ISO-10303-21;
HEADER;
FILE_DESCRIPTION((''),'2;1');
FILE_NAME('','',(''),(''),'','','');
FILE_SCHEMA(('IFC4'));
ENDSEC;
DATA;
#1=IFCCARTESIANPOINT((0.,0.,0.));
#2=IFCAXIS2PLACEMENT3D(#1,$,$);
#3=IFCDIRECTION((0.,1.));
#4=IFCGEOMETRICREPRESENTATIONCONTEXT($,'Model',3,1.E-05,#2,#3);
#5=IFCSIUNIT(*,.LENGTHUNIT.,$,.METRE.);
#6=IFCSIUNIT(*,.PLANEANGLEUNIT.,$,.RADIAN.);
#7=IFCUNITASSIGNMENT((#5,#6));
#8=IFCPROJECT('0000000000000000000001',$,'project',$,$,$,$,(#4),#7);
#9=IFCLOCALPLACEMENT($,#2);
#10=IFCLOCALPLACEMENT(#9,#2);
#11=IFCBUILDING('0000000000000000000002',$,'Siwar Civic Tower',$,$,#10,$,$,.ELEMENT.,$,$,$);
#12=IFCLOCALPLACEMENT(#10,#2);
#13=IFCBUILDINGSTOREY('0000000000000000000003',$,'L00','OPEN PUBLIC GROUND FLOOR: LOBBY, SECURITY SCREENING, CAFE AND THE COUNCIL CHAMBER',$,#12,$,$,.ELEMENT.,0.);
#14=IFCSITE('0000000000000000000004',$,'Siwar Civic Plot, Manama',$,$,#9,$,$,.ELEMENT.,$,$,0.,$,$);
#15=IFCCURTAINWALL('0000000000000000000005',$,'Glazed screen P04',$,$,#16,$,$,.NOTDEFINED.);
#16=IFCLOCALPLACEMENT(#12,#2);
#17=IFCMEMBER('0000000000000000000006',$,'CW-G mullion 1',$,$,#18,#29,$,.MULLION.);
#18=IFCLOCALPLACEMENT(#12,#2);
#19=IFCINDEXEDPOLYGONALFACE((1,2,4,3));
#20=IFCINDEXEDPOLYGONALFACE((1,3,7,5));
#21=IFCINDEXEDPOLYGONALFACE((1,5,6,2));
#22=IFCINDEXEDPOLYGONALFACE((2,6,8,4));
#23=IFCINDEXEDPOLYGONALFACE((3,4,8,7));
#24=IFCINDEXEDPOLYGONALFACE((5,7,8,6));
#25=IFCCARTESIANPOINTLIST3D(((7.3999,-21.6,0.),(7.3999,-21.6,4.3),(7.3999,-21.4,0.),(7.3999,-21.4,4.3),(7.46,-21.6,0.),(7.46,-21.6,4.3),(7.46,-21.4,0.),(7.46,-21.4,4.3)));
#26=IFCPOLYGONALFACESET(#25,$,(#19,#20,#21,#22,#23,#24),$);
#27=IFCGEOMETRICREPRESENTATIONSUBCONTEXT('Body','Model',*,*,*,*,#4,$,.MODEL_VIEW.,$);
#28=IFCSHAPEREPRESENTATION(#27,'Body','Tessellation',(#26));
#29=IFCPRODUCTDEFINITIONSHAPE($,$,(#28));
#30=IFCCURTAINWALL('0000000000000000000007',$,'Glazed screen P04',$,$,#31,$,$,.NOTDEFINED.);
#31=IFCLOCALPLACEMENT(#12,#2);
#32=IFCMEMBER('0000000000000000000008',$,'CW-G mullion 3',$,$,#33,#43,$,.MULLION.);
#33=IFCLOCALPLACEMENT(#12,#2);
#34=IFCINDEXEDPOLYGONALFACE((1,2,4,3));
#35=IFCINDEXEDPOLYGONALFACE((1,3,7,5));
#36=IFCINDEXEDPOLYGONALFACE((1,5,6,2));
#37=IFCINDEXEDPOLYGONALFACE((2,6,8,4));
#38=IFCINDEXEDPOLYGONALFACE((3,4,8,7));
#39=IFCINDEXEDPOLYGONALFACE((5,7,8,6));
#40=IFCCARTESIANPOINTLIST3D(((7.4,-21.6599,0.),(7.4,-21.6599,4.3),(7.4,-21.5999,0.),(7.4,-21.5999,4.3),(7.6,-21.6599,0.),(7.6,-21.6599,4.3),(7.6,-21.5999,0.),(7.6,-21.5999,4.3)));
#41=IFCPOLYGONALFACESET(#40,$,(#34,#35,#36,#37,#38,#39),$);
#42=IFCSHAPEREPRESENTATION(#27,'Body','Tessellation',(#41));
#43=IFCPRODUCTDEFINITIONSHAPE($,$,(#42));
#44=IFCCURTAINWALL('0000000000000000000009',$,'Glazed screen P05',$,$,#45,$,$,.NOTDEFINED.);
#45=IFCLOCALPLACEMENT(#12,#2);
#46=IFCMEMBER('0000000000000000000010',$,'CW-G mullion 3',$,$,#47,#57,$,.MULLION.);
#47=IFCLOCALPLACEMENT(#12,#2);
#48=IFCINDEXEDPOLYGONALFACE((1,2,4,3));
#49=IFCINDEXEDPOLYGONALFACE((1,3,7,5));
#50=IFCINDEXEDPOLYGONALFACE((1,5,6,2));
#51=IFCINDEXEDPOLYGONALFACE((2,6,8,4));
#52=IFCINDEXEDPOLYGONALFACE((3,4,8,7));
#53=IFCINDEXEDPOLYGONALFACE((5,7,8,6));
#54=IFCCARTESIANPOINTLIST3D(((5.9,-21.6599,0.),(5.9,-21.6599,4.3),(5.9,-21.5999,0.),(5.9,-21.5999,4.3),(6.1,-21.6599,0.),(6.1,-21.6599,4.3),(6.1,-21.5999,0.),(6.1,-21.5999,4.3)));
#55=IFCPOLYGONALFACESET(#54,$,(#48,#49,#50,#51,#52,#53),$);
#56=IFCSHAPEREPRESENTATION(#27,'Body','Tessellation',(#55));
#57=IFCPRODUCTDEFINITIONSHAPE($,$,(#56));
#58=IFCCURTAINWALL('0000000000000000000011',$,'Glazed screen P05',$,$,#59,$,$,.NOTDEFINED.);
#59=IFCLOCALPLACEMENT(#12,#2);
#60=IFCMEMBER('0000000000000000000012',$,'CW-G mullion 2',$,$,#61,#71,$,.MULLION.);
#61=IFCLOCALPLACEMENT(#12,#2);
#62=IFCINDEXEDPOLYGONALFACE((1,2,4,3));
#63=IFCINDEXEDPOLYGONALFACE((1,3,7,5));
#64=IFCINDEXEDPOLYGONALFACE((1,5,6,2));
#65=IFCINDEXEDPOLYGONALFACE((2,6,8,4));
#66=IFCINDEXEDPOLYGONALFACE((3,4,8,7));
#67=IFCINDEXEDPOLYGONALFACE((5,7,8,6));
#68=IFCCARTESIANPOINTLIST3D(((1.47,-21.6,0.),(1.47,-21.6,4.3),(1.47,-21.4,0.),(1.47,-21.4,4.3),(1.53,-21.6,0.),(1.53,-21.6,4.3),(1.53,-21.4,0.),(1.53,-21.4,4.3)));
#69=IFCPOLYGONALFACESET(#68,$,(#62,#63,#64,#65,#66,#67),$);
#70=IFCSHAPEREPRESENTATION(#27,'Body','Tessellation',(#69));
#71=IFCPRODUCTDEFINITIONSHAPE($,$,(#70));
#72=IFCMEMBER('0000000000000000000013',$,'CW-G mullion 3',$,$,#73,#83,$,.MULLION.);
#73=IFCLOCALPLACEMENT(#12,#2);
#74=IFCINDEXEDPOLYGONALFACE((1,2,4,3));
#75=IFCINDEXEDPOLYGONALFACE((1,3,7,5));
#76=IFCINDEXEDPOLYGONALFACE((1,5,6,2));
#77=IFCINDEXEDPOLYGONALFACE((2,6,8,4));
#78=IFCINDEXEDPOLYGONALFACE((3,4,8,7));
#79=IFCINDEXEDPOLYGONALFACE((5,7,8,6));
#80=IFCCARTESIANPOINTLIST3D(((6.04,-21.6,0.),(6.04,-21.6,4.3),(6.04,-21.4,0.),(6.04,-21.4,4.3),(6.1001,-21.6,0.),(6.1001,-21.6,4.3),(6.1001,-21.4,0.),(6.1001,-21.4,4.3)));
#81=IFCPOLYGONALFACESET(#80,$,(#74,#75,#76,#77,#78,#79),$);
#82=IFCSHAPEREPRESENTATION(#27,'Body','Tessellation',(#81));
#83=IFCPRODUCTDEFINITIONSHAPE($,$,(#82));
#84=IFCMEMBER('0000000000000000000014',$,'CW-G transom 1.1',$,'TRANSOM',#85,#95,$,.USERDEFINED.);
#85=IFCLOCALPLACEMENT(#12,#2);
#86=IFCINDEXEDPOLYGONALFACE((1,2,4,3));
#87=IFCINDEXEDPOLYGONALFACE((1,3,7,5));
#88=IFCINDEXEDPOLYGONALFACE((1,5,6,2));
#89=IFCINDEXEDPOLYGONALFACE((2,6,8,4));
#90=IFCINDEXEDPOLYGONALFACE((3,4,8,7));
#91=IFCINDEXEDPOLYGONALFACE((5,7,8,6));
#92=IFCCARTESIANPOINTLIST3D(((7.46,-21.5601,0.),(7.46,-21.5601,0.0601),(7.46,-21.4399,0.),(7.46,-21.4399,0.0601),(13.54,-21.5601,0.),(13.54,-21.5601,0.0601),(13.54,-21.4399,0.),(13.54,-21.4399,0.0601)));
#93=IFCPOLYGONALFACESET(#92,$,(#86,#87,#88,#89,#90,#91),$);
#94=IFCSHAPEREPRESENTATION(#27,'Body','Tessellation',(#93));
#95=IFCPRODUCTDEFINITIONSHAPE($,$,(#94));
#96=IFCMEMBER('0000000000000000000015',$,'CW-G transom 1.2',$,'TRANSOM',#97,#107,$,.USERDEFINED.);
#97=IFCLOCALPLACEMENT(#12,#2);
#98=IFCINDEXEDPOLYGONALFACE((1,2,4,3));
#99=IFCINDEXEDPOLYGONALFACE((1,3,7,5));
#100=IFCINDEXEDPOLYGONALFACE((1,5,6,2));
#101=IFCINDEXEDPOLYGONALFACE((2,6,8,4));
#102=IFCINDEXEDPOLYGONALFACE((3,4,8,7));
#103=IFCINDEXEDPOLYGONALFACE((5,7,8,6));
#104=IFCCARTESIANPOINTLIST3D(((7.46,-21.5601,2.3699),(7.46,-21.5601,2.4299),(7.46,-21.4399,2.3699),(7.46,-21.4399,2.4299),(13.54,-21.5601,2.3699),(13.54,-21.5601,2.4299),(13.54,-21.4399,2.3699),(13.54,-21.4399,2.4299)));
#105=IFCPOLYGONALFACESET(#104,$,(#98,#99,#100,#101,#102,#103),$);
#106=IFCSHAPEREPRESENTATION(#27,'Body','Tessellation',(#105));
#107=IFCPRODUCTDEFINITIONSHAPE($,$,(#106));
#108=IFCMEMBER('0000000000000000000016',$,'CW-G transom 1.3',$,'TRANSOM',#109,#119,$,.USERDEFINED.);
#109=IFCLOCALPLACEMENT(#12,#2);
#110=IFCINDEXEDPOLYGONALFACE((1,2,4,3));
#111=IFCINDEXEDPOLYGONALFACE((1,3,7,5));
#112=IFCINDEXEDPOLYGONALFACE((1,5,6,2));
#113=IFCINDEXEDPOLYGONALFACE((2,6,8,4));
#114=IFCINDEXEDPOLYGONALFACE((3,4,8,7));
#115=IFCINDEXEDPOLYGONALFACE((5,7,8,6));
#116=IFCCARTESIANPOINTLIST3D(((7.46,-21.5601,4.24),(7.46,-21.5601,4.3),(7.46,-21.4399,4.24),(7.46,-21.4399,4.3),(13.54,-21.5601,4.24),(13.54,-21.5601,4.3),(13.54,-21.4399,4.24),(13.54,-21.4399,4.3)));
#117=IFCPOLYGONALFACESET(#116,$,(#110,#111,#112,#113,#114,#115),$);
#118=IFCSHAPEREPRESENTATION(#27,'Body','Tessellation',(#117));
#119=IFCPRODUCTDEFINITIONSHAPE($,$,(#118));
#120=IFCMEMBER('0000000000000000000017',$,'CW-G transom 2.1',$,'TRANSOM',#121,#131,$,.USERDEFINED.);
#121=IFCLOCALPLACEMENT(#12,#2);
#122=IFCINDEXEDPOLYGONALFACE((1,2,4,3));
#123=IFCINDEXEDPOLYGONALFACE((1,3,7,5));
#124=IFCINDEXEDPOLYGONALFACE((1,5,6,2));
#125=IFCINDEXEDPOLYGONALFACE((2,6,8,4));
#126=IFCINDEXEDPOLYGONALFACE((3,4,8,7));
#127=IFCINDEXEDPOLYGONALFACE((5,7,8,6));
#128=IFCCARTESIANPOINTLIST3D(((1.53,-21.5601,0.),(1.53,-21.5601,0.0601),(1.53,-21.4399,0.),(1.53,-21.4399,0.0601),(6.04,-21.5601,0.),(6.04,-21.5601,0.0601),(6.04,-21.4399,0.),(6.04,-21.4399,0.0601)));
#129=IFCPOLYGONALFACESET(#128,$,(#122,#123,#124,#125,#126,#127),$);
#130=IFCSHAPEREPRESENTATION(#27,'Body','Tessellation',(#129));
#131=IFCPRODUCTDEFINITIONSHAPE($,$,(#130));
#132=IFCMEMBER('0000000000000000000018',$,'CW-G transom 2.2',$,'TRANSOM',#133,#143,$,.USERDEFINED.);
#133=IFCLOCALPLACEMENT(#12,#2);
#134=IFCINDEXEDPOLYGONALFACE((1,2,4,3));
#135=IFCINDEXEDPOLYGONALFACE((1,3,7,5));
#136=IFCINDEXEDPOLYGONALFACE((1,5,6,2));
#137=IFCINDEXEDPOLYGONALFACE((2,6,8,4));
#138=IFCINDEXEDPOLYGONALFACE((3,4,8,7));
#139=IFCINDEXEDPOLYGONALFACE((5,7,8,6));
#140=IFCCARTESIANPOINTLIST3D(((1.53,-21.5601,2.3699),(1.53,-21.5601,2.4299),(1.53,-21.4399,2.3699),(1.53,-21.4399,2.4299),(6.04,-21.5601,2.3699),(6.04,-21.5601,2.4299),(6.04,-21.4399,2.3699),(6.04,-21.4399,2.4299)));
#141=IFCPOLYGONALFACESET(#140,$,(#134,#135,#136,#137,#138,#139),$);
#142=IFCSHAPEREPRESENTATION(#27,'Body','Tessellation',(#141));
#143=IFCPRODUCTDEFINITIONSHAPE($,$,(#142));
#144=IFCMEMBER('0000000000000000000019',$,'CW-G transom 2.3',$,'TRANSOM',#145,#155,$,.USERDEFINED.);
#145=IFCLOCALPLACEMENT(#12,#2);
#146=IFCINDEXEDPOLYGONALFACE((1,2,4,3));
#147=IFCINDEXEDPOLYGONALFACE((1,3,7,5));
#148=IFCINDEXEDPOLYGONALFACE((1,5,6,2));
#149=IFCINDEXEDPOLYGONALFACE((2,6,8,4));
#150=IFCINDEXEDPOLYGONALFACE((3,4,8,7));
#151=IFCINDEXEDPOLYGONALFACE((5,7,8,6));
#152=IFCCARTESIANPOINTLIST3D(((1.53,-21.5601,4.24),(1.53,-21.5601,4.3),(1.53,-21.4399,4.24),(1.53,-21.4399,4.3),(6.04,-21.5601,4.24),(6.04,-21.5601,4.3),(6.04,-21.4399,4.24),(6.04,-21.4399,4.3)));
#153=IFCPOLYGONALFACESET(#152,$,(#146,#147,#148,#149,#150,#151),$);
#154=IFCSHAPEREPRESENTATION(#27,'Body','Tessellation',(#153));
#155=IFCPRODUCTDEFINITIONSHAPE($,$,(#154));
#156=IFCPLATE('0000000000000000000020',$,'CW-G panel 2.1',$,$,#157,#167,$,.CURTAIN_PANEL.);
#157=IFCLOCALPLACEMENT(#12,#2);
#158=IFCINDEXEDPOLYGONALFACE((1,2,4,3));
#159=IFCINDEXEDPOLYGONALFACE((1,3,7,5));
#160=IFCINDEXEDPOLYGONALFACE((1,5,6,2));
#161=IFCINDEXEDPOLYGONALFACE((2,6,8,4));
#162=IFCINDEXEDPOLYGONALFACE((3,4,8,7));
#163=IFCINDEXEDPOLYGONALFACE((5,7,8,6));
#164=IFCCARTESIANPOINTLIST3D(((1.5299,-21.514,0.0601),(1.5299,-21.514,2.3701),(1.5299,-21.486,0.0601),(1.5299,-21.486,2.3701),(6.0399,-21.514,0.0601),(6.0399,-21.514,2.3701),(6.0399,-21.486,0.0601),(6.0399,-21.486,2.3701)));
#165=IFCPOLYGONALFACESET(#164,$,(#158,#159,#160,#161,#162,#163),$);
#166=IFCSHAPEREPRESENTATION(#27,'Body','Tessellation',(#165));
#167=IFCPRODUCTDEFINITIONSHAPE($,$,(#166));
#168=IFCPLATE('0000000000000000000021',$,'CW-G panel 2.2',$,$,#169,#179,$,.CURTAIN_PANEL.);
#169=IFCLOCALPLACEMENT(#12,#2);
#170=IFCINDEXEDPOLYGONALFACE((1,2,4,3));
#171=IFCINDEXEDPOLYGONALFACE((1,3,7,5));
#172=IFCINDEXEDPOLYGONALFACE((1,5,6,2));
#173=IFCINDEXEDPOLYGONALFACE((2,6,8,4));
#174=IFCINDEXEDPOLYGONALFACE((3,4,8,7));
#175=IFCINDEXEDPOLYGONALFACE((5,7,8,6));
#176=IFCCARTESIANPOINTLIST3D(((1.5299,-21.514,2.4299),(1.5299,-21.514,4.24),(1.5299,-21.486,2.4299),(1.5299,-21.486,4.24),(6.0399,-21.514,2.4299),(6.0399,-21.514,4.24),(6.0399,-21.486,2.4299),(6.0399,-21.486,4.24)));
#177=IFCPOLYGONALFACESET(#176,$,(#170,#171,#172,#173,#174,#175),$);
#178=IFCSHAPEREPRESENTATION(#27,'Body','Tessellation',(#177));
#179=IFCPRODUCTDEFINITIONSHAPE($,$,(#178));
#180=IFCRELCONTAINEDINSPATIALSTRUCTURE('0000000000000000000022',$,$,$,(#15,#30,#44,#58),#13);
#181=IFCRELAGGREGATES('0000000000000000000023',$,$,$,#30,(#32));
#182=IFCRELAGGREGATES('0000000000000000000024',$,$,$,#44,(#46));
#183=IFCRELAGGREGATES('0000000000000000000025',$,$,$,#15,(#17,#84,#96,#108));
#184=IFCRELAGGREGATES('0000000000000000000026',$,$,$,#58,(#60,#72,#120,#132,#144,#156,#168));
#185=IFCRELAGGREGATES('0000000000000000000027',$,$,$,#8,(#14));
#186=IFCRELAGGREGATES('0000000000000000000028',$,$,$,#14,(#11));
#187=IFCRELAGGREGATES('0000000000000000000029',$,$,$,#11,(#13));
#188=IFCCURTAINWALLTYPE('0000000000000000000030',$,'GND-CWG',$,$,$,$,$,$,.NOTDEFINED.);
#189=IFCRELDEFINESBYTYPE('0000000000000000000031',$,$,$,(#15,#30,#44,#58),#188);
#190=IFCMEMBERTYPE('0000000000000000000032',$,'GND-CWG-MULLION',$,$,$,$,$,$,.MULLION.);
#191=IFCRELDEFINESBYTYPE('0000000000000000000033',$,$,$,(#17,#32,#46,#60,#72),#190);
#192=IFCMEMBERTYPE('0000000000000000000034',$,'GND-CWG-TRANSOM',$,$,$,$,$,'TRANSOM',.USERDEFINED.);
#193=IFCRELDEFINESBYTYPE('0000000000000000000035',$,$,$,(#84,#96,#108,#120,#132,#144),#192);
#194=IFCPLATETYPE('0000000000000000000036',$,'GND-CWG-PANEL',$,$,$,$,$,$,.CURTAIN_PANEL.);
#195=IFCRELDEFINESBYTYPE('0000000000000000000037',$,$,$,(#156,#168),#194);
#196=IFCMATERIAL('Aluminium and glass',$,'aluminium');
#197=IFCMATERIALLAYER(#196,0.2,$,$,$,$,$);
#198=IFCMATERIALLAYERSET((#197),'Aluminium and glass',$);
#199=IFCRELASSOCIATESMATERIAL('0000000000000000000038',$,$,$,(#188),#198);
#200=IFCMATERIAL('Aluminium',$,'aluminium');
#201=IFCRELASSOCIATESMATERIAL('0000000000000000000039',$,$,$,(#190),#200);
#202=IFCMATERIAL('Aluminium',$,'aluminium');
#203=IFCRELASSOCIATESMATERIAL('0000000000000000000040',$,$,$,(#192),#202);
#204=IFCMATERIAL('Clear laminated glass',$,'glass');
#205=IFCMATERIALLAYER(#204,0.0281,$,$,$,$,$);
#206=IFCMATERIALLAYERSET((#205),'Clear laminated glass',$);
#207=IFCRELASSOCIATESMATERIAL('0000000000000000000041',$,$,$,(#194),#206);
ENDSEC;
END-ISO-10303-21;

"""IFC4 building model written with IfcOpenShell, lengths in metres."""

from ifc_helpers import new_model, si_unit, direction, frame, origin, origin_2d, place, context, subcontext, project, spatial, rectangle, extrude, material, layer, layer_set, material_profile, profile_set, type_object, element, aggregate, save


model = new_model("IFC4")

# Units and contexts
model_context = context("Model", 3, precision=1e-05, world=origin(), true_north=direction((0.0, 1.0)))
body_context = subcontext(model_context, "Body", "Model", "MODEL_VIEW")
ifc_project = project(units=[si_unit("LENGTHUNIT", "METRE"), si_unit("PLANEANGLEUNIT", "RADIAN")], contexts=[model_context])

# Site, building, storey
site_placement = place(None, origin())
site = spatial("IfcSite", under=ifc_project, at=site_placement, Name="Siwar Civic Plot, Manama", CompositionType="ELEMENT", RefElevation=0.0)
building_placement = place(site_placement, origin())
building = spatial("IfcBuilding", under=site, at=building_placement, Name="Siwar Civic Tower", CompositionType="ELEMENT")
storey_placement = place(building_placement, origin())
storey = spatial("IfcBuildingStorey", under=building, at=storey_placement, Name="L00", Description="OPEN PUBLIC GROUND FLOOR: LOBBY, SECURITY SCREENING, CAFE AND THE COUNCIL CHAMBER", CompositionType="ELEMENT", Elevation=0.0)

# Curtain walls, members
ifc_material_1 = material(Name="Aluminium and glass", Category="aluminium")
ifc_layer_1 = layer(ifc_material_1, 0.2)
ifc_layer_set_1 = layer_set([ifc_layer_1], Name="Aluminium and glass")
curtain_wall_type = type_object("IfcCurtainWallType", Name="GND-CWG", PredefinedType="NOTDEFINED", material=ifc_layer_set_1)
curtain_wall_1_placement = place(storey_placement, origin())
curtain_wall_1 = element("IfcCurtainWall", 1, at=curtain_wall_1_placement, inside=storey, type_object=curtain_wall_type, Name="Glazed screen P04", PredefinedType="NOTDEFINED")
ifc_material_2 = material(Name="Aluminium", Category="aluminium")
ifc_material_profile_1 = material_profile(ifc_material_2, rectangle(XDim=0.2, YDim=0.0601, at=origin_2d()), Name="AL 200x60")
ifc_profile_set_1 = profile_set([ifc_material_profile_1], Name="Aluminium")
member_type_1 = type_object("IfcMemberType", Name="GND-CWG-MULLION", PredefinedType="MULLION", material=ifc_profile_set_1)
member_1_placement = place(storey_placement, frame((7.4299, -21.5, 0.0), z_axis=(0.0, 0.0, 1.0), x_axis=(0.0, 1.0, 0.0)))
member_1 = element("IfcMember", 2, at=member_1_placement, type_object=member_type_1, Name="CW-G mullion 1", PredefinedType="MULLION", context=body_context, shape_type="SweptSolid", body=[
    extrude(rectangle(XDim=0.2, YDim=0.0601, at=origin_2d()), origin(), (0.0, 0.0, 1.0), 4.3),
])
curtain_wall_2_placement = place(storey_placement, origin())
curtain_wall_2 = element("IfcCurtainWall", 3, at=curtain_wall_2_placement, inside=storey, type_object=curtain_wall_type, Name="Glazed screen P04", PredefinedType="NOTDEFINED")
member_2_placement = place(storey_placement, frame((7.5, -21.6299, 0.0), z_axis=(0.0, 0.0, 1.0), x_axis=(-1.0, 0.0, 0.0)))
member_2 = element("IfcMember", 4, at=member_2_placement, type_object=member_type_1, Name="CW-G mullion 3", PredefinedType="MULLION", context=body_context, shape_type="SweptSolid", body=[
    extrude(rectangle(XDim=0.2, YDim=0.0601, at=origin_2d()), origin(), (0.0, 0.0, 1.0), 4.3),
])
aggregate(curtain_wall_2, [member_2])
curtain_wall_3_placement = place(storey_placement, origin())
curtain_wall_3 = element("IfcCurtainWall", 5, at=curtain_wall_3_placement, inside=storey, type_object=curtain_wall_type, Name="Glazed screen P05", PredefinedType="NOTDEFINED")
member_3_placement = place(storey_placement, frame((6.0, -21.6299, 0.0), z_axis=(0.0, 0.0, 1.0), x_axis=(-1.0, 0.0, 0.0)))
member_3 = element("IfcMember", 6, at=member_3_placement, type_object=member_type_1, Name="CW-G mullion 3", PredefinedType="MULLION", context=body_context, shape_type="SweptSolid", body=[
    extrude(rectangle(XDim=0.2, YDim=0.0601, at=origin_2d()), origin(), (0.0, 0.0, 1.0), 4.3),
])
aggregate(curtain_wall_3, [member_3])

# Curtain wall, members
curtain_wall_4_placement = place(storey_placement, origin())
curtain_wall_4 = element("IfcCurtainWall", 7, at=curtain_wall_4_placement, inside=storey, type_object=curtain_wall_type, Name="Glazed screen P05", PredefinedType="NOTDEFINED")
member_4_placement = place(storey_placement, frame((1.5, -21.5, 0.0), z_axis=(0.0, 0.0, 1.0), x_axis=(0.0, 1.0, 0.0)))
member_4 = element("IfcMember", 8, at=member_4_placement, type_object=member_type_1, Name="CW-G mullion 2", PredefinedType="MULLION", context=body_context, shape_type="SweptSolid", body=[
    extrude(rectangle(XDim=0.2, YDim=0.0601, at=origin_2d()), origin(), (0.0, 0.0, 1.0), 4.3),
])
member_5_placement = place(storey_placement, frame((6.0701, -21.5, 0.0), z_axis=(0.0, 0.0, 1.0), x_axis=(0.0, 1.0, 0.0)))
member_5 = element("IfcMember", 9, at=member_5_placement, type_object=member_type_1, Name="CW-G mullion 3", PredefinedType="MULLION", context=body_context, shape_type="SweptSolid", body=[
    extrude(rectangle(XDim=0.2, YDim=0.0601, at=origin_2d()), origin(), (0.0, 0.0, 1.0), 4.3),
])

# Members
ifc_material_3 = material(Name="Aluminium", Category="aluminium")
ifc_material_profile_2 = material_profile(ifc_material_3, rectangle(XDim=0.1201, YDim=0.0601, at=origin_2d()), Name="AL 120x60")
ifc_profile_set_2 = profile_set([ifc_material_profile_2], Name="Aluminium")
member_type_2 = type_object("IfcMemberType", Name="GND-CWG-TRANSOM", ElementType="TRANSOM", PredefinedType="USERDEFINED", material=ifc_profile_set_2)
member_6_placement = place(storey_placement, frame((7.46, -21.5, 0.03), z_axis=(1.0, 0.0, 0.0), x_axis=(0.0, 1.0, 0.0)))
member_6 = element("IfcMember", 10, at=member_6_placement, type_object=member_type_2, Name="CW-G transom 1.1", ObjectType="TRANSOM", PredefinedType="USERDEFINED", context=body_context, shape_type="SweptSolid", body=[
    extrude(rectangle(XDim=0.1201, YDim=0.0601, at=origin_2d()), origin(), (0.0, 0.0, 1.0), 6.0801),
])
member_7_placement = place(storey_placement, frame((7.46, -21.5, 2.3999), z_axis=(1.0, 0.0, 0.0), x_axis=(0.0, 1.0, 0.0)))
member_7 = element("IfcMember", 11, at=member_7_placement, type_object=member_type_2, Name="CW-G transom 1.2", ObjectType="TRANSOM", PredefinedType="USERDEFINED", context=body_context, shape_type="SweptSolid", body=[
    extrude(rectangle(XDim=0.1201, YDim=0.0601, at=origin_2d()), origin(), (0.0, 0.0, 1.0), 6.0801),
])
member_8_placement = place(storey_placement, frame((7.46, -21.5, 4.27), z_axis=(1.0, 0.0, 0.0), x_axis=(0.0, 1.0, 0.0)))
member_8 = element("IfcMember", 12, at=member_8_placement, type_object=member_type_2, Name="CW-G transom 1.3", ObjectType="TRANSOM", PredefinedType="USERDEFINED", context=body_context, shape_type="SweptSolid", body=[
    extrude(rectangle(XDim=0.1201, YDim=0.0601, at=origin_2d()), origin(), (0.0, 0.0, 1.0), 6.0801),
])
aggregate(curtain_wall_1, [member_1, member_6, member_7, member_8])
member_9_placement = place(storey_placement, frame((1.53, -21.5, 0.03), z_axis=(1.0, 0.0, 0.0), x_axis=(0.0, 1.0, 0.0)))
member_9 = element("IfcMember", 13, at=member_9_placement, type_object=member_type_2, Name="CW-G transom 2.1", ObjectType="TRANSOM", PredefinedType="USERDEFINED", context=body_context, shape_type="SweptSolid", body=[
    extrude(rectangle(XDim=0.1201, YDim=0.0601, at=origin_2d()), origin(), (0.0, 0.0, 1.0), 4.51),
])
member_10_placement = place(storey_placement, frame((1.53, -21.5, 2.3999), z_axis=(1.0, 0.0, 0.0), x_axis=(0.0, 1.0, 0.0)))
member_10 = element("IfcMember", 14, at=member_10_placement, type_object=member_type_2, Name="CW-G transom 2.2", ObjectType="TRANSOM", PredefinedType="USERDEFINED", context=body_context, shape_type="SweptSolid", body=[
    extrude(rectangle(XDim=0.1201, YDim=0.0601, at=origin_2d()), origin(), (0.0, 0.0, 1.0), 4.51),
])
member_11_placement = place(storey_placement, frame((1.53, -21.5, 4.27), z_axis=(1.0, 0.0, 0.0), x_axis=(0.0, 1.0, 0.0)))
member_11 = element("IfcMember", 15, at=member_11_placement, type_object=member_type_2, Name="CW-G transom 2.3", ObjectType="TRANSOM", PredefinedType="USERDEFINED", context=body_context, shape_type="SweptSolid", body=[
    extrude(rectangle(XDim=0.1201, YDim=0.0601, at=origin_2d()), origin(), (0.0, 0.0, 1.0), 4.51),
])

# Plates
ifc_material_4 = material(Name="Clear laminated glass", Category="glass")
ifc_layer_2 = layer(ifc_material_4, 0.0281)
ifc_layer_set_2 = layer_set([ifc_layer_2], Name="Clear laminated glass")
plate_type = type_object("IfcPlateType", Name="GND-CWG-PANEL", PredefinedType="CURTAIN_PANEL", material=ifc_layer_set_2)
plate_1_placement = place(storey_placement, frame((3.7849, -21.5, 0.0601), z_axis=(0.0, 0.0, 1.0), x_axis=(1.0, 0.0, 0.0)))
plate_1 = element("IfcPlate", 16, at=plate_1_placement, type_object=plate_type, Name="CW-G panel 2.1", PredefinedType="CURTAIN_PANEL", context=body_context, shape_type="SweptSolid", body=[
    extrude(rectangle(XDim=4.51, YDim=0.0281, at=origin_2d()), origin(), (0.0, 0.0, 1.0), 2.3101),
])
plate_2_placement = place(storey_placement, frame((3.7849, -21.5, 2.4299), z_axis=(0.0, 0.0, 1.0), x_axis=(1.0, 0.0, 0.0)))
plate_2 = element("IfcPlate", 17, at=plate_2_placement, type_object=plate_type, Name="CW-G panel 2.2", PredefinedType="CURTAIN_PANEL", context=body_context, shape_type="SweptSolid", body=[
    extrude(rectangle(XDim=4.51, YDim=0.0281, at=origin_2d()), origin(), (0.0, 0.0, 1.0), 1.8101),
])
aggregate(curtain_wall_4, [member_4, member_5, member_9, member_10, member_11, plate_1, plate_2])

save(model, "model.ifc")
